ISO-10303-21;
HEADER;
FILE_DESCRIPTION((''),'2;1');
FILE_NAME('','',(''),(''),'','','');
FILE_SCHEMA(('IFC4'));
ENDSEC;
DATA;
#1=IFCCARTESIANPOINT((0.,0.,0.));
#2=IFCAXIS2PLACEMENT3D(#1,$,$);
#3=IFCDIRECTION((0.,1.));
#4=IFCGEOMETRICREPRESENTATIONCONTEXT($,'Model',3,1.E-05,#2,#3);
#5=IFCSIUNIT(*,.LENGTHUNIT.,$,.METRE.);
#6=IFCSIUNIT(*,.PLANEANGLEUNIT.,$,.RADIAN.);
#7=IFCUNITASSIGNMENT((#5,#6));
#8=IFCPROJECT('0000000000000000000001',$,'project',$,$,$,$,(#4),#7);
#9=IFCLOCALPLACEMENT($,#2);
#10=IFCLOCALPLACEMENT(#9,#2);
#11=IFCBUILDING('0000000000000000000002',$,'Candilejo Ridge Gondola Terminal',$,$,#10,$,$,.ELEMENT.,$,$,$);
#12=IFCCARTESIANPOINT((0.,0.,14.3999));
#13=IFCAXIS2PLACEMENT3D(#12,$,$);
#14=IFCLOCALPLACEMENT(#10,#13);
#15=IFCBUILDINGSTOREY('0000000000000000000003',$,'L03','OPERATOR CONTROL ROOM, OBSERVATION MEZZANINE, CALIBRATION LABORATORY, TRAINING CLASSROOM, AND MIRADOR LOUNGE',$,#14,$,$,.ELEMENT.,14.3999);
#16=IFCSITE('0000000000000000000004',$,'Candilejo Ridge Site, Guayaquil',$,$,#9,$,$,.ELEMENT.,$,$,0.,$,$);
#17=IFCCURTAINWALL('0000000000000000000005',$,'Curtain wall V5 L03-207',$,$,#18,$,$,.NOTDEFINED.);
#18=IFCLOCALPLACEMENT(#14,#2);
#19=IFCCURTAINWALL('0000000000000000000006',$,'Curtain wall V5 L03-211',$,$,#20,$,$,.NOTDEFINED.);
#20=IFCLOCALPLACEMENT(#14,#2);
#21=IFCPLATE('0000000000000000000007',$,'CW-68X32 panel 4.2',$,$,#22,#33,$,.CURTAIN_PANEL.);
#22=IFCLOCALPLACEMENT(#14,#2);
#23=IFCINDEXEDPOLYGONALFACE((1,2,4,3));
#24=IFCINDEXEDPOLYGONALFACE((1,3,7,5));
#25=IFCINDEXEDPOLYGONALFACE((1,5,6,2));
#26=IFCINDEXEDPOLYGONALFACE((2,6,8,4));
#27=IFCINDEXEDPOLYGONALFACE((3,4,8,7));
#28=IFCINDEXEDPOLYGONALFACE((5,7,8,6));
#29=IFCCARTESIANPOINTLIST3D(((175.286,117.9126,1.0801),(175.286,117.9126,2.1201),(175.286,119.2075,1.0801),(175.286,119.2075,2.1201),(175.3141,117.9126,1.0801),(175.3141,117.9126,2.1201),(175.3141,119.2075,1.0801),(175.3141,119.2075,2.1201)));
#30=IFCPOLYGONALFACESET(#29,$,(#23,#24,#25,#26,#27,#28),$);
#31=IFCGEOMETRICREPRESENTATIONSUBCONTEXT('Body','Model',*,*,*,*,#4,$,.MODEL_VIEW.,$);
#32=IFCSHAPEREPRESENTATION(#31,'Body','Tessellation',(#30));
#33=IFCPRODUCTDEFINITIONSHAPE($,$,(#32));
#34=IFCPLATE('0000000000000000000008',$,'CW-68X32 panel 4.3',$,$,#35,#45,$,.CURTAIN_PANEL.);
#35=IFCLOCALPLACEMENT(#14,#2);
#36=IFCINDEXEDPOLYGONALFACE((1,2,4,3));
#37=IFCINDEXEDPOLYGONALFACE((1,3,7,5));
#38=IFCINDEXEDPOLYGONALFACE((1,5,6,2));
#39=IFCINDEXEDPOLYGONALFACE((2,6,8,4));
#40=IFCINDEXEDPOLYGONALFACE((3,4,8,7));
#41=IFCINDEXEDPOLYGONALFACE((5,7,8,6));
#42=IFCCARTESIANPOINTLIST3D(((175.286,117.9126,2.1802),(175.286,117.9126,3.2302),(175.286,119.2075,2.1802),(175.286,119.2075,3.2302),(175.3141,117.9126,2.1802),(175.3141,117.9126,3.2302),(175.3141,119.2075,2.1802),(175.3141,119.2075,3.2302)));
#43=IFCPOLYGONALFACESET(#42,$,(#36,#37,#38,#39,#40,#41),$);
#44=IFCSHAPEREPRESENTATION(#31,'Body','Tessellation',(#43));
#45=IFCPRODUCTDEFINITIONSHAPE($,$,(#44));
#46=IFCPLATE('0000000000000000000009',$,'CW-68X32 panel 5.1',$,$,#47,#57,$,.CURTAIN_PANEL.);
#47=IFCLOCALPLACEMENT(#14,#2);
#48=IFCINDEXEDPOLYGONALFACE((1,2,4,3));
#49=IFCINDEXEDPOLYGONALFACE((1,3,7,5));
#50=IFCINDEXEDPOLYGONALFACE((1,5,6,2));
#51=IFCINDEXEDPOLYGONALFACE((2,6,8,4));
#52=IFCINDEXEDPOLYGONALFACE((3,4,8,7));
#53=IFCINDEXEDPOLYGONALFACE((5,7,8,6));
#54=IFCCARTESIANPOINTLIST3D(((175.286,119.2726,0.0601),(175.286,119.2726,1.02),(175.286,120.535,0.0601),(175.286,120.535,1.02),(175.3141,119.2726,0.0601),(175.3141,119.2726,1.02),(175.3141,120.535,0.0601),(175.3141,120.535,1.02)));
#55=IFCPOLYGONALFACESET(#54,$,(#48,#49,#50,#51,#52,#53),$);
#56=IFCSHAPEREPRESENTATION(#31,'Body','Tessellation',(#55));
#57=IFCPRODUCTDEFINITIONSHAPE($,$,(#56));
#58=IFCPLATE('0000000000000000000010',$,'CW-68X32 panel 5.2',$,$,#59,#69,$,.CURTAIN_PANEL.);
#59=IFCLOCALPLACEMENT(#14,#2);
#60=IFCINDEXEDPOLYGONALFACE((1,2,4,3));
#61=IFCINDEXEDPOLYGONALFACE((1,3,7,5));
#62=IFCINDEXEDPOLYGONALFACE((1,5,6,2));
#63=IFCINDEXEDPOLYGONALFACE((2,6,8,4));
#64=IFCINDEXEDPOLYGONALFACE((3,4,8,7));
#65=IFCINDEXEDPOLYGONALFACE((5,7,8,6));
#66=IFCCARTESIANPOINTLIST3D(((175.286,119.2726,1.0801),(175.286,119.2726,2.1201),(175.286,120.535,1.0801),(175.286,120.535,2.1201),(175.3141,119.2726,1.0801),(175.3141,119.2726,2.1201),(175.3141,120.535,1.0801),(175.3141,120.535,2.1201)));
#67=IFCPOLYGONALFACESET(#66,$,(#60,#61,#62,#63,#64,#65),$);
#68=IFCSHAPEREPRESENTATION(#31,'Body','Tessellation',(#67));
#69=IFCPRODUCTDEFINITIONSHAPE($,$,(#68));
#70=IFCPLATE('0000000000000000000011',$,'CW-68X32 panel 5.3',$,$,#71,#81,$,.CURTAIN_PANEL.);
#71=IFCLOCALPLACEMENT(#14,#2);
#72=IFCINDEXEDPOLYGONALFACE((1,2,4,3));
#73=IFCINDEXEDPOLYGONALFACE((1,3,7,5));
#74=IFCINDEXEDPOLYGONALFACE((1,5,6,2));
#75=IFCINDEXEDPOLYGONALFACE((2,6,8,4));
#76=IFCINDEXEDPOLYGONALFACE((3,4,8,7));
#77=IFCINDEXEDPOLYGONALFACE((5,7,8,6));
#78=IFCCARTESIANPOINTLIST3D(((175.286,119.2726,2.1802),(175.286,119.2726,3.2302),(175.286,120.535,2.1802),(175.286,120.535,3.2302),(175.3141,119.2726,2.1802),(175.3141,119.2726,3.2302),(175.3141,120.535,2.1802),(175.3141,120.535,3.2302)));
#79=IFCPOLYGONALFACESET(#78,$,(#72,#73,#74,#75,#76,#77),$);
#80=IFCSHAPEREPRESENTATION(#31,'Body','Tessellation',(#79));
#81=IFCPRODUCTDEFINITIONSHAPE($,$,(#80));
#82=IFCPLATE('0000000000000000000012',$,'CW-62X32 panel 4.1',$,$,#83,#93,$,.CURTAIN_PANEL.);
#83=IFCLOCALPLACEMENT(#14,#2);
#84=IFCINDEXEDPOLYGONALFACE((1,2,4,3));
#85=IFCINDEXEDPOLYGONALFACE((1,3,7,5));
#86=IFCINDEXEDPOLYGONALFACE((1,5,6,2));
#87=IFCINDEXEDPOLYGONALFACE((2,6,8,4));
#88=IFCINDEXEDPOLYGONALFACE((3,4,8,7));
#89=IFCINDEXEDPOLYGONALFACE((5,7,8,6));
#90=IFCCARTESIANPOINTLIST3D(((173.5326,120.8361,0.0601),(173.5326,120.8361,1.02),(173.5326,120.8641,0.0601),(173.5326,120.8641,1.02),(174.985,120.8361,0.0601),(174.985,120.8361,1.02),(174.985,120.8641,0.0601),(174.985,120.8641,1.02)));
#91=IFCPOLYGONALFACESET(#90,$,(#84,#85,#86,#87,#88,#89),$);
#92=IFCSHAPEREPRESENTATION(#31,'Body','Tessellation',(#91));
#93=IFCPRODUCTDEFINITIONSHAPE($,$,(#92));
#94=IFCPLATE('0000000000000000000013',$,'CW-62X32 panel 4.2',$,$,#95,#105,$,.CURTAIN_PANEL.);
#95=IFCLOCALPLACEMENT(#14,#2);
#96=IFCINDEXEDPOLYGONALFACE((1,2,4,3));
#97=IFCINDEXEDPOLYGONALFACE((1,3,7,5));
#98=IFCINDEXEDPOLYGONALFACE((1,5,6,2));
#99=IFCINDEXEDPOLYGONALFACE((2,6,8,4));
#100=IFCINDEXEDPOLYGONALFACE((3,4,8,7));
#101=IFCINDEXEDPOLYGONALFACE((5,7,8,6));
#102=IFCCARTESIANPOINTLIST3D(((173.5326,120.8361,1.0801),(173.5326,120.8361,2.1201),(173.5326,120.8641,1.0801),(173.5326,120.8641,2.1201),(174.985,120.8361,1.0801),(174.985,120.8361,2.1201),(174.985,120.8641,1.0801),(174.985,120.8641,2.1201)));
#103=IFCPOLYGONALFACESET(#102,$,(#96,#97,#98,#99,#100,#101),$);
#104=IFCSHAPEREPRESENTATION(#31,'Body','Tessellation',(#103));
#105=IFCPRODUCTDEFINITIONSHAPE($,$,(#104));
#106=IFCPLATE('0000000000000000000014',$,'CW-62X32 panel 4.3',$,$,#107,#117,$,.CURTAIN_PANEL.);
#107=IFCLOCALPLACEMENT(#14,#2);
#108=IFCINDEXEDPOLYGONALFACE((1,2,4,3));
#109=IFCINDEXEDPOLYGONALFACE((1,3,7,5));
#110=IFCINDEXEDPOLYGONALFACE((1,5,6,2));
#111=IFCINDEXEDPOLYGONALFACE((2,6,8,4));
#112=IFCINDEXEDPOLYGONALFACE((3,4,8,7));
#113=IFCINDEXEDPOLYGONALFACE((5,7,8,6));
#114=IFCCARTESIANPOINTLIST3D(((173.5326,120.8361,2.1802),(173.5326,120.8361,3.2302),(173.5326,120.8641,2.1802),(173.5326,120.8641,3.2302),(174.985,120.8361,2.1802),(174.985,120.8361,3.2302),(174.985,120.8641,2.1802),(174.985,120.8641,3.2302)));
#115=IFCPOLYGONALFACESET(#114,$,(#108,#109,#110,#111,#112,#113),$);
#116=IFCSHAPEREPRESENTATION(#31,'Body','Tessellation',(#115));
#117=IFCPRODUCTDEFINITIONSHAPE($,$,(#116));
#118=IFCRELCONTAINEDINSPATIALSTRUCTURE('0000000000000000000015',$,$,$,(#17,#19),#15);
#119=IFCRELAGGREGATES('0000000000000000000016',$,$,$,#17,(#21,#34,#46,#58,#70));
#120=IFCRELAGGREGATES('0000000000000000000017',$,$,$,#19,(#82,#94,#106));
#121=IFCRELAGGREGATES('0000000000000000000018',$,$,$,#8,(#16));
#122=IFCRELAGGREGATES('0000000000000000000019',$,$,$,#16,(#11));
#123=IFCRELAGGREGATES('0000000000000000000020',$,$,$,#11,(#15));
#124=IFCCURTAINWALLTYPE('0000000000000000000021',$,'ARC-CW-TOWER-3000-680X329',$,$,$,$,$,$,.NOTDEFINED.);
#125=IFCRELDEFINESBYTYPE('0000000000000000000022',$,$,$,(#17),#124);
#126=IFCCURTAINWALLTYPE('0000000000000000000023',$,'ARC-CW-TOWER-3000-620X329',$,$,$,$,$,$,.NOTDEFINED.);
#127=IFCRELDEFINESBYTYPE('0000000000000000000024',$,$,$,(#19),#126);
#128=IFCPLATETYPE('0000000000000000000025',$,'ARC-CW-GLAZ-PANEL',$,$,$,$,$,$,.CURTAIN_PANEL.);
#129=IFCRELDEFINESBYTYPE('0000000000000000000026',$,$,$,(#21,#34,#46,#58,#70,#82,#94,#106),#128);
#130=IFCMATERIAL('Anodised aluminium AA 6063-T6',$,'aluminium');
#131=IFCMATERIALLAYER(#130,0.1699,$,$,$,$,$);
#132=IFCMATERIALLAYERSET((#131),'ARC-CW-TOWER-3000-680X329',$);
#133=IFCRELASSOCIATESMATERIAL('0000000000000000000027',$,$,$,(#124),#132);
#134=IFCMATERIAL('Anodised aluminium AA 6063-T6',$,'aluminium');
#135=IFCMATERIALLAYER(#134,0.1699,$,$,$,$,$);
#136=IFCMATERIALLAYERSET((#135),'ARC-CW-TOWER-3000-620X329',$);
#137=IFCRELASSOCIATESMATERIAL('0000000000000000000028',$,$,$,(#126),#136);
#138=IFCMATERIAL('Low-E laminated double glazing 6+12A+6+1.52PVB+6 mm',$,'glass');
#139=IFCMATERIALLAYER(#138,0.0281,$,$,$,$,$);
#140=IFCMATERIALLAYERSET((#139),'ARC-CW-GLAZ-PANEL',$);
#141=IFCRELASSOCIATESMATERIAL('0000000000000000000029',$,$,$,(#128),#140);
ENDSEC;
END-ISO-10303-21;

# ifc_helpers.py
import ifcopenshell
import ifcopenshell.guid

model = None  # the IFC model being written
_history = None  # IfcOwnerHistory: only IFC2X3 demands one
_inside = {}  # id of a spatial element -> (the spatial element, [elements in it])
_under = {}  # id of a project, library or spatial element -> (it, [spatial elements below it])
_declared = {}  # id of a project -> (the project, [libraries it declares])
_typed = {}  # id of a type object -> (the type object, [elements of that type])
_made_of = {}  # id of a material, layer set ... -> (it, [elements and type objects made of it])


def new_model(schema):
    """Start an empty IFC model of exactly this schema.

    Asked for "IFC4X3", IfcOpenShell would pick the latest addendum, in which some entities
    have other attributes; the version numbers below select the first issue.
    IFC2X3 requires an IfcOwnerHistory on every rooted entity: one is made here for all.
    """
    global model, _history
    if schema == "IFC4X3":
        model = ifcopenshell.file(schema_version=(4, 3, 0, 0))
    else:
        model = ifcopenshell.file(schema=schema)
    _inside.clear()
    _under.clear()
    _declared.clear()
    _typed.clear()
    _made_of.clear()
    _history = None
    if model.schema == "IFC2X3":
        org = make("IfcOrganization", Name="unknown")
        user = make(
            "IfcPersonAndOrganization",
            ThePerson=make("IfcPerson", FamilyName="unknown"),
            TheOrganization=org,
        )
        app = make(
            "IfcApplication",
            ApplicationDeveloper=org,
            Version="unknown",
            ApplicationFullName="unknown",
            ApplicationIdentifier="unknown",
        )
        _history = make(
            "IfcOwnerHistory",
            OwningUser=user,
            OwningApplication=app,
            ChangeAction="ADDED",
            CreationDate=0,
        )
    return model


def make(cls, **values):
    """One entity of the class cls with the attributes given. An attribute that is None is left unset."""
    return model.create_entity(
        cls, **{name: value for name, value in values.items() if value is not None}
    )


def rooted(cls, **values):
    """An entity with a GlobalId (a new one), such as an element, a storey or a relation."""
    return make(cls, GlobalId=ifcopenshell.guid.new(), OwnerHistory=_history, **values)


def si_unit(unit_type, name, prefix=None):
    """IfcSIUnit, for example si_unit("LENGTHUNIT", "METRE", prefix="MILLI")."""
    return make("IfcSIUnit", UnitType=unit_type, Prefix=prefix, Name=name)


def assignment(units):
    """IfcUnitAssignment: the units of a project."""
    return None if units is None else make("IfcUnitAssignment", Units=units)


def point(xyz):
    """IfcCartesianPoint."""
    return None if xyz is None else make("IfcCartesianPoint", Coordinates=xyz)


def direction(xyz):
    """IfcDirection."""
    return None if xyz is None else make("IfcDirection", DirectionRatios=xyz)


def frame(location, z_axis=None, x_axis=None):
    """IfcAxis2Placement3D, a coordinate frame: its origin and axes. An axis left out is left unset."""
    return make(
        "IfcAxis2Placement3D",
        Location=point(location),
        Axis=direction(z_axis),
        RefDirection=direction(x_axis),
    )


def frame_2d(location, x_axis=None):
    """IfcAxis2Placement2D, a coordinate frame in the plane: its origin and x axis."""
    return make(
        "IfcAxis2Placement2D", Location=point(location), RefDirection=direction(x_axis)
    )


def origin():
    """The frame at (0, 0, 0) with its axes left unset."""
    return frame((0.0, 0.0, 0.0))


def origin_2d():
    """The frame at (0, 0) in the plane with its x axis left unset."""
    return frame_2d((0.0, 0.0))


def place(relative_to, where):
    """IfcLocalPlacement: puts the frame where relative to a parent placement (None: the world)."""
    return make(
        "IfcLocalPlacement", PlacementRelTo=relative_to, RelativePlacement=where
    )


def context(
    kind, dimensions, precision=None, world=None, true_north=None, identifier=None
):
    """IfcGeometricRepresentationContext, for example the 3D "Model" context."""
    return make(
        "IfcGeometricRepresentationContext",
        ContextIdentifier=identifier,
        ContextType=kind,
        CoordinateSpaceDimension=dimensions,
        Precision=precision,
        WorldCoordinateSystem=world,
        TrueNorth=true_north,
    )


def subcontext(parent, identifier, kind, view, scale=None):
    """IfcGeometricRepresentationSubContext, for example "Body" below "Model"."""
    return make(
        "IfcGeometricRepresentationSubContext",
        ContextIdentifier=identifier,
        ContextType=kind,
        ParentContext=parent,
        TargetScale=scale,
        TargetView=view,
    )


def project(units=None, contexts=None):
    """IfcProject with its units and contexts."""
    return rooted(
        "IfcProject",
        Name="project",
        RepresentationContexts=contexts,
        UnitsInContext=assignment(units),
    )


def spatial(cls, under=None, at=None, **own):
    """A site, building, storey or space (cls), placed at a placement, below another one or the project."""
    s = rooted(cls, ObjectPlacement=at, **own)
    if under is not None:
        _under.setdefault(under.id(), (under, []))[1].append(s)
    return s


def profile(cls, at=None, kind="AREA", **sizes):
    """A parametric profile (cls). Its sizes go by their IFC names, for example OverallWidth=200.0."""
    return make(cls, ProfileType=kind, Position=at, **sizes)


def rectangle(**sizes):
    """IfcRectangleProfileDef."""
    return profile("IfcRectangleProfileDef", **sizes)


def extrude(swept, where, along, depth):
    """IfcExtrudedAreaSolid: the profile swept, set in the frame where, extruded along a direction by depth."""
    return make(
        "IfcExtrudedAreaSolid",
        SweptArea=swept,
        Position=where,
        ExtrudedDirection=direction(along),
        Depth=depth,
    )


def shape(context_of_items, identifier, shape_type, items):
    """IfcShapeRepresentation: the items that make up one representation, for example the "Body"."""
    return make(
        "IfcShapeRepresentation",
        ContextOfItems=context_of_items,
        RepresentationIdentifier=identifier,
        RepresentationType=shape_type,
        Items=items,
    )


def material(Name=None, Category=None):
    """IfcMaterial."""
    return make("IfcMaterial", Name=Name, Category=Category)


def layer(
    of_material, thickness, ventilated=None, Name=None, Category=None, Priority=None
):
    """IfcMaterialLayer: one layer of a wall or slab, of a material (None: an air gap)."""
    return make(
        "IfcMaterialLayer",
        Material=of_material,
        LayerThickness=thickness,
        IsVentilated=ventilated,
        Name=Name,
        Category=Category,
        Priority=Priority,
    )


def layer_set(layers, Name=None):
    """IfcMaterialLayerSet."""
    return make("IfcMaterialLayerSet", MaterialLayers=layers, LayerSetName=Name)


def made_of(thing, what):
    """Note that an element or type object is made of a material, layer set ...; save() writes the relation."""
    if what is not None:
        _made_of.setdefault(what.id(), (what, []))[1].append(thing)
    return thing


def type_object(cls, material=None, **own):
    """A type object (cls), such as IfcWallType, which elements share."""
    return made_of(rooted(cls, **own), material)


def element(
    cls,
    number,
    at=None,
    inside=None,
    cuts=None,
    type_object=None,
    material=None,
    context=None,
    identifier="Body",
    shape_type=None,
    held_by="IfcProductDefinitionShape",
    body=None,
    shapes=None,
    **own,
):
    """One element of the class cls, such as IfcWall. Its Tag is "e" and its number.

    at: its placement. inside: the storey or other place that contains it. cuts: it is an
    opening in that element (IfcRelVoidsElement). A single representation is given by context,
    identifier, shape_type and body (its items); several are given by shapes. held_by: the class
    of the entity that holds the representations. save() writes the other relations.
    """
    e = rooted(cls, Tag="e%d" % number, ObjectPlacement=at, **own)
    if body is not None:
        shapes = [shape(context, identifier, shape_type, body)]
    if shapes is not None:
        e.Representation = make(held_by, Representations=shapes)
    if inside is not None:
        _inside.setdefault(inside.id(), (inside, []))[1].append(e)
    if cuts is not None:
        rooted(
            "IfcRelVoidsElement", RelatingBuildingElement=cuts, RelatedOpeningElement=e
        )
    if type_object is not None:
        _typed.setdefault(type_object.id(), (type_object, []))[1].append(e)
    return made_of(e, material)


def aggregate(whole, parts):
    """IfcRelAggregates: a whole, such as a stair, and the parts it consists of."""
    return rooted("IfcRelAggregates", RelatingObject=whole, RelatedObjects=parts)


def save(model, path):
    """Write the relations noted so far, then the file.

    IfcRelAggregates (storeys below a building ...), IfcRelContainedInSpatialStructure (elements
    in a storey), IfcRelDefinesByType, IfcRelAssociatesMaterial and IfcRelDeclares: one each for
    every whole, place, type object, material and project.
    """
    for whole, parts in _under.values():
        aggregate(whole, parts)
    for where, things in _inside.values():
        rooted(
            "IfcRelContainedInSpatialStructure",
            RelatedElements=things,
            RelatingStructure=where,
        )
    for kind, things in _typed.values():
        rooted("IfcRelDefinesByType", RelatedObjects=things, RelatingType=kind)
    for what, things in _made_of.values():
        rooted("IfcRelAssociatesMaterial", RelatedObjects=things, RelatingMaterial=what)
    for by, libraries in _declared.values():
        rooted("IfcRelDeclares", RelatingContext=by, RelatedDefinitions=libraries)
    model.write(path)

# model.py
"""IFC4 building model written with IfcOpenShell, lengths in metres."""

from ifc_helpers import new_model, si_unit, direction, frame, origin, origin_2d, place, context, subcontext, project, spatial, rectangle, extrude, material, layer, layer_set, type_object, element, aggregate, save


model = new_model("IFC4")

# Units and contexts
model_context = context("Model", 3, precision=1e-05, world=origin(), true_north=direction((0.0, 1.0)))
body_context = subcontext(model_context, "Body", "Model", "MODEL_VIEW")
ifc_project = project(units=[si_unit("LENGTHUNIT", "METRE"), si_unit("PLANEANGLEUNIT", "RADIAN")], contexts=[model_context])

# Site, building, storey
site_placement = place(None, origin())
site = spatial("IfcSite", under=ifc_project, at=site_placement, Name="Candilejo Ridge Site, Guayaquil", CompositionType="ELEMENT", RefElevation=0.0)
building_placement = place(site_placement, origin())
building = spatial("IfcBuilding", under=site, at=building_placement, Name="Candilejo Ridge Gondola Terminal", CompositionType="ELEMENT")
storey_placement = place(building_placement, frame((0.0, 0.0, 14.3999)))
storey = spatial("IfcBuildingStorey", under=building, at=storey_placement, Name="L03", Description="OPERATOR CONTROL ROOM, OBSERVATION MEZZANINE, CALIBRATION LABORATORY, TRAINING CLASSROOM, AND MIRADOR LOUNGE", CompositionType="ELEMENT", Elevation=14.3999)

# Curtain wall
ifc_material_1 = material(Name="Anodised aluminium AA 6063-T6", Category="aluminium")
ifc_layer_1 = layer(ifc_material_1, 0.1699)
ifc_layer_set_1 = layer_set([ifc_layer_1], Name="ARC-CW-TOWER-3000-680X329")
curtain_wall_type_1 = type_object("IfcCurtainWallType", Name="ARC-CW-TOWER-3000-680X329", PredefinedType="NOTDEFINED", material=ifc_layer_set_1)
curtain_wall_1_placement = place(storey_placement, origin())
curtain_wall_1 = element("IfcCurtainWall", 1, at=curtain_wall_1_placement, inside=storey, type_object=curtain_wall_type_1, Name="Curtain wall V5 L03-207", PredefinedType="NOTDEFINED")

# Curtain wall
ifc_material_2 = material(Name="Anodised aluminium AA 6063-T6", Category="aluminium")
ifc_layer_2 = layer(ifc_material_2, 0.1699)
ifc_layer_set_2 = layer_set([ifc_layer_2], Name="ARC-CW-TOWER-3000-620X329")
curtain_wall_type_2 = type_object("IfcCurtainWallType", Name="ARC-CW-TOWER-3000-620X329", PredefinedType="NOTDEFINED", material=ifc_layer_set_2)
curtain_wall_2_placement = place(storey_placement, origin())
curtain_wall_2 = element("IfcCurtainWall", 2, at=curtain_wall_2_placement, inside=storey, type_object=curtain_wall_type_2, Name="Curtain wall V5 L03-211", PredefinedType="NOTDEFINED")

# Plates
ifc_material_3 = material(Name="Low-E laminated double glazing 6+12A+6+1.52PVB+6 mm", Category="glass")
ifc_layer_3 = layer(ifc_material_3, 0.0281)
ifc_layer_set_3 = layer_set([ifc_layer_3], Name="ARC-CW-GLAZ-PANEL")
plate_type = type_object("IfcPlateType", Name="ARC-CW-GLAZ-PANEL", PredefinedType="CURTAIN_PANEL", material=ifc_layer_set_3)
plate_1_placement = place(storey_placement, frame((175.3, 118.5601, 1.0801), z_axis=(0.0, 0.0, 1.0), x_axis=(0.0, 1.0, 0.0)))
plate_1 = element("IfcPlate", 3, at=plate_1_placement, type_object=plate_type, Name="CW-68X32 panel 4.2", PredefinedType="CURTAIN_PANEL", context=body_context, shape_type="SweptSolid", body=[
    extrude(rectangle(XDim=1.2949, YDim=0.0281, at=origin_2d()), origin(), (0.0, 0.0, 1.0), 1.04),
])
plate_2_placement = place(storey_placement, frame((175.3, 118.5601, 2.1802), z_axis=(0.0, 0.0, 1.0), x_axis=(0.0, 1.0, 0.0)))
plate_2 = element("IfcPlate", 4, at=plate_2_placement, type_object=plate_type, Name="CW-68X32 panel 4.3", PredefinedType="CURTAIN_PANEL", context=body_context, shape_type="SweptSolid", body=[
    extrude(rectangle(XDim=1.2949, YDim=0.0281, at=origin_2d()), origin(), (0.0, 0.0, 1.0), 1.05),
])
plate_3_placement = place(storey_placement, frame((175.3, 119.9038, 0.0601), z_axis=(0.0, 0.0, 1.0), x_axis=(0.0, 1.0, 0.0)))
plate_3 = element("IfcPlate", 5, at=plate_3_placement, type_object=plate_type, Name="CW-68X32 panel 5.1", PredefinedType="CURTAIN_PANEL", context=body_context, shape_type="SweptSolid", body=[
    extrude(rectangle(XDim=1.2625, YDim=0.0281, at=origin_2d()), origin(), (0.0, 0.0, 1.0), 0.96),
])
plate_4_placement = place(storey_placement, frame((175.3, 119.9038, 1.0801), z_axis=(0.0, 0.0, 1.0), x_axis=(0.0, 1.0, 0.0)))
plate_4 = element("IfcPlate", 6, at=plate_4_placement, type_object=plate_type, Name="CW-68X32 panel 5.2", PredefinedType="CURTAIN_PANEL", context=body_context, shape_type="SweptSolid", body=[
    extrude(rectangle(XDim=1.2625, YDim=0.0281, at=origin_2d()), origin(), (0.0, 0.0, 1.0), 1.04),
])
plate_5_placement = place(storey_placement, frame((175.3, 119.9038, 2.1802), z_axis=(0.0, 0.0, 1.0), x_axis=(0.0, 1.0, 0.0)))
plate_5 = element("IfcPlate", 7, at=plate_5_placement, type_object=plate_type, Name="CW-68X32 panel 5.3", PredefinedType="CURTAIN_PANEL", context=body_context, shape_type="SweptSolid", body=[
    extrude(rectangle(XDim=1.2625, YDim=0.0281, at=origin_2d()), origin(), (0.0, 0.0, 1.0), 1.05),
])
aggregate(curtain_wall_1, [plate_1, plate_2, plate_3, plate_4, plate_5])
plate_6_placement = place(storey_placement, frame((174.2588, 120.8501, 0.0601), z_axis=(0.0, 0.0, 1.0), x_axis=(1.0, 0.0, 0.0)))
plate_6 = element("IfcPlate", 8, at=plate_6_placement, type_object=plate_type, Name="CW-62X32 panel 4.1", PredefinedType="CURTAIN_PANEL", context=body_context, shape_type="SweptSolid", body=[
    extrude(rectangle(XDim=1.4524, YDim=0.0281, at=origin_2d()), origin(), (0.0, 0.0, 1.0), 0.96),
])
plate_7_placement = place(storey_placement, frame((174.2588, 120.8501, 1.0801), z_axis=(0.0, 0.0, 1.0), x_axis=(1.0, 0.0, 0.0)))
plate_7 = element("IfcPlate", 9, at=plate_7_placement, type_object=plate_type, Name="CW-62X32 panel 4.2", PredefinedType="CURTAIN_PANEL", context=body_context, shape_type="SweptSolid", body=[
    extrude(rectangle(XDim=1.4524, YDim=0.0281, at=origin_2d()), origin(), (0.0, 0.0, 1.0), 1.04),
])
plate_8_placement = place(storey_placement, frame((174.2588, 120.8501, 2.1802), z_axis=(0.0, 0.0, 1.0), x_axis=(1.0, 0.0, 0.0)))
plate_8 = element("IfcPlate", 10, at=plate_8_placement, type_object=plate_type, Name="CW-62X32 panel 4.3", PredefinedType="CURTAIN_PANEL", context=body_context, shape_type="SweptSolid", body=[
    extrude(rectangle(XDim=1.4524, YDim=0.0281, at=origin_2d()), origin(), (0.0, 0.0, 1.0), 1.05),
])
aggregate(curtain_wall_2, [plate_6, plate_7, plate_8])

save(model, "model.ifc")
